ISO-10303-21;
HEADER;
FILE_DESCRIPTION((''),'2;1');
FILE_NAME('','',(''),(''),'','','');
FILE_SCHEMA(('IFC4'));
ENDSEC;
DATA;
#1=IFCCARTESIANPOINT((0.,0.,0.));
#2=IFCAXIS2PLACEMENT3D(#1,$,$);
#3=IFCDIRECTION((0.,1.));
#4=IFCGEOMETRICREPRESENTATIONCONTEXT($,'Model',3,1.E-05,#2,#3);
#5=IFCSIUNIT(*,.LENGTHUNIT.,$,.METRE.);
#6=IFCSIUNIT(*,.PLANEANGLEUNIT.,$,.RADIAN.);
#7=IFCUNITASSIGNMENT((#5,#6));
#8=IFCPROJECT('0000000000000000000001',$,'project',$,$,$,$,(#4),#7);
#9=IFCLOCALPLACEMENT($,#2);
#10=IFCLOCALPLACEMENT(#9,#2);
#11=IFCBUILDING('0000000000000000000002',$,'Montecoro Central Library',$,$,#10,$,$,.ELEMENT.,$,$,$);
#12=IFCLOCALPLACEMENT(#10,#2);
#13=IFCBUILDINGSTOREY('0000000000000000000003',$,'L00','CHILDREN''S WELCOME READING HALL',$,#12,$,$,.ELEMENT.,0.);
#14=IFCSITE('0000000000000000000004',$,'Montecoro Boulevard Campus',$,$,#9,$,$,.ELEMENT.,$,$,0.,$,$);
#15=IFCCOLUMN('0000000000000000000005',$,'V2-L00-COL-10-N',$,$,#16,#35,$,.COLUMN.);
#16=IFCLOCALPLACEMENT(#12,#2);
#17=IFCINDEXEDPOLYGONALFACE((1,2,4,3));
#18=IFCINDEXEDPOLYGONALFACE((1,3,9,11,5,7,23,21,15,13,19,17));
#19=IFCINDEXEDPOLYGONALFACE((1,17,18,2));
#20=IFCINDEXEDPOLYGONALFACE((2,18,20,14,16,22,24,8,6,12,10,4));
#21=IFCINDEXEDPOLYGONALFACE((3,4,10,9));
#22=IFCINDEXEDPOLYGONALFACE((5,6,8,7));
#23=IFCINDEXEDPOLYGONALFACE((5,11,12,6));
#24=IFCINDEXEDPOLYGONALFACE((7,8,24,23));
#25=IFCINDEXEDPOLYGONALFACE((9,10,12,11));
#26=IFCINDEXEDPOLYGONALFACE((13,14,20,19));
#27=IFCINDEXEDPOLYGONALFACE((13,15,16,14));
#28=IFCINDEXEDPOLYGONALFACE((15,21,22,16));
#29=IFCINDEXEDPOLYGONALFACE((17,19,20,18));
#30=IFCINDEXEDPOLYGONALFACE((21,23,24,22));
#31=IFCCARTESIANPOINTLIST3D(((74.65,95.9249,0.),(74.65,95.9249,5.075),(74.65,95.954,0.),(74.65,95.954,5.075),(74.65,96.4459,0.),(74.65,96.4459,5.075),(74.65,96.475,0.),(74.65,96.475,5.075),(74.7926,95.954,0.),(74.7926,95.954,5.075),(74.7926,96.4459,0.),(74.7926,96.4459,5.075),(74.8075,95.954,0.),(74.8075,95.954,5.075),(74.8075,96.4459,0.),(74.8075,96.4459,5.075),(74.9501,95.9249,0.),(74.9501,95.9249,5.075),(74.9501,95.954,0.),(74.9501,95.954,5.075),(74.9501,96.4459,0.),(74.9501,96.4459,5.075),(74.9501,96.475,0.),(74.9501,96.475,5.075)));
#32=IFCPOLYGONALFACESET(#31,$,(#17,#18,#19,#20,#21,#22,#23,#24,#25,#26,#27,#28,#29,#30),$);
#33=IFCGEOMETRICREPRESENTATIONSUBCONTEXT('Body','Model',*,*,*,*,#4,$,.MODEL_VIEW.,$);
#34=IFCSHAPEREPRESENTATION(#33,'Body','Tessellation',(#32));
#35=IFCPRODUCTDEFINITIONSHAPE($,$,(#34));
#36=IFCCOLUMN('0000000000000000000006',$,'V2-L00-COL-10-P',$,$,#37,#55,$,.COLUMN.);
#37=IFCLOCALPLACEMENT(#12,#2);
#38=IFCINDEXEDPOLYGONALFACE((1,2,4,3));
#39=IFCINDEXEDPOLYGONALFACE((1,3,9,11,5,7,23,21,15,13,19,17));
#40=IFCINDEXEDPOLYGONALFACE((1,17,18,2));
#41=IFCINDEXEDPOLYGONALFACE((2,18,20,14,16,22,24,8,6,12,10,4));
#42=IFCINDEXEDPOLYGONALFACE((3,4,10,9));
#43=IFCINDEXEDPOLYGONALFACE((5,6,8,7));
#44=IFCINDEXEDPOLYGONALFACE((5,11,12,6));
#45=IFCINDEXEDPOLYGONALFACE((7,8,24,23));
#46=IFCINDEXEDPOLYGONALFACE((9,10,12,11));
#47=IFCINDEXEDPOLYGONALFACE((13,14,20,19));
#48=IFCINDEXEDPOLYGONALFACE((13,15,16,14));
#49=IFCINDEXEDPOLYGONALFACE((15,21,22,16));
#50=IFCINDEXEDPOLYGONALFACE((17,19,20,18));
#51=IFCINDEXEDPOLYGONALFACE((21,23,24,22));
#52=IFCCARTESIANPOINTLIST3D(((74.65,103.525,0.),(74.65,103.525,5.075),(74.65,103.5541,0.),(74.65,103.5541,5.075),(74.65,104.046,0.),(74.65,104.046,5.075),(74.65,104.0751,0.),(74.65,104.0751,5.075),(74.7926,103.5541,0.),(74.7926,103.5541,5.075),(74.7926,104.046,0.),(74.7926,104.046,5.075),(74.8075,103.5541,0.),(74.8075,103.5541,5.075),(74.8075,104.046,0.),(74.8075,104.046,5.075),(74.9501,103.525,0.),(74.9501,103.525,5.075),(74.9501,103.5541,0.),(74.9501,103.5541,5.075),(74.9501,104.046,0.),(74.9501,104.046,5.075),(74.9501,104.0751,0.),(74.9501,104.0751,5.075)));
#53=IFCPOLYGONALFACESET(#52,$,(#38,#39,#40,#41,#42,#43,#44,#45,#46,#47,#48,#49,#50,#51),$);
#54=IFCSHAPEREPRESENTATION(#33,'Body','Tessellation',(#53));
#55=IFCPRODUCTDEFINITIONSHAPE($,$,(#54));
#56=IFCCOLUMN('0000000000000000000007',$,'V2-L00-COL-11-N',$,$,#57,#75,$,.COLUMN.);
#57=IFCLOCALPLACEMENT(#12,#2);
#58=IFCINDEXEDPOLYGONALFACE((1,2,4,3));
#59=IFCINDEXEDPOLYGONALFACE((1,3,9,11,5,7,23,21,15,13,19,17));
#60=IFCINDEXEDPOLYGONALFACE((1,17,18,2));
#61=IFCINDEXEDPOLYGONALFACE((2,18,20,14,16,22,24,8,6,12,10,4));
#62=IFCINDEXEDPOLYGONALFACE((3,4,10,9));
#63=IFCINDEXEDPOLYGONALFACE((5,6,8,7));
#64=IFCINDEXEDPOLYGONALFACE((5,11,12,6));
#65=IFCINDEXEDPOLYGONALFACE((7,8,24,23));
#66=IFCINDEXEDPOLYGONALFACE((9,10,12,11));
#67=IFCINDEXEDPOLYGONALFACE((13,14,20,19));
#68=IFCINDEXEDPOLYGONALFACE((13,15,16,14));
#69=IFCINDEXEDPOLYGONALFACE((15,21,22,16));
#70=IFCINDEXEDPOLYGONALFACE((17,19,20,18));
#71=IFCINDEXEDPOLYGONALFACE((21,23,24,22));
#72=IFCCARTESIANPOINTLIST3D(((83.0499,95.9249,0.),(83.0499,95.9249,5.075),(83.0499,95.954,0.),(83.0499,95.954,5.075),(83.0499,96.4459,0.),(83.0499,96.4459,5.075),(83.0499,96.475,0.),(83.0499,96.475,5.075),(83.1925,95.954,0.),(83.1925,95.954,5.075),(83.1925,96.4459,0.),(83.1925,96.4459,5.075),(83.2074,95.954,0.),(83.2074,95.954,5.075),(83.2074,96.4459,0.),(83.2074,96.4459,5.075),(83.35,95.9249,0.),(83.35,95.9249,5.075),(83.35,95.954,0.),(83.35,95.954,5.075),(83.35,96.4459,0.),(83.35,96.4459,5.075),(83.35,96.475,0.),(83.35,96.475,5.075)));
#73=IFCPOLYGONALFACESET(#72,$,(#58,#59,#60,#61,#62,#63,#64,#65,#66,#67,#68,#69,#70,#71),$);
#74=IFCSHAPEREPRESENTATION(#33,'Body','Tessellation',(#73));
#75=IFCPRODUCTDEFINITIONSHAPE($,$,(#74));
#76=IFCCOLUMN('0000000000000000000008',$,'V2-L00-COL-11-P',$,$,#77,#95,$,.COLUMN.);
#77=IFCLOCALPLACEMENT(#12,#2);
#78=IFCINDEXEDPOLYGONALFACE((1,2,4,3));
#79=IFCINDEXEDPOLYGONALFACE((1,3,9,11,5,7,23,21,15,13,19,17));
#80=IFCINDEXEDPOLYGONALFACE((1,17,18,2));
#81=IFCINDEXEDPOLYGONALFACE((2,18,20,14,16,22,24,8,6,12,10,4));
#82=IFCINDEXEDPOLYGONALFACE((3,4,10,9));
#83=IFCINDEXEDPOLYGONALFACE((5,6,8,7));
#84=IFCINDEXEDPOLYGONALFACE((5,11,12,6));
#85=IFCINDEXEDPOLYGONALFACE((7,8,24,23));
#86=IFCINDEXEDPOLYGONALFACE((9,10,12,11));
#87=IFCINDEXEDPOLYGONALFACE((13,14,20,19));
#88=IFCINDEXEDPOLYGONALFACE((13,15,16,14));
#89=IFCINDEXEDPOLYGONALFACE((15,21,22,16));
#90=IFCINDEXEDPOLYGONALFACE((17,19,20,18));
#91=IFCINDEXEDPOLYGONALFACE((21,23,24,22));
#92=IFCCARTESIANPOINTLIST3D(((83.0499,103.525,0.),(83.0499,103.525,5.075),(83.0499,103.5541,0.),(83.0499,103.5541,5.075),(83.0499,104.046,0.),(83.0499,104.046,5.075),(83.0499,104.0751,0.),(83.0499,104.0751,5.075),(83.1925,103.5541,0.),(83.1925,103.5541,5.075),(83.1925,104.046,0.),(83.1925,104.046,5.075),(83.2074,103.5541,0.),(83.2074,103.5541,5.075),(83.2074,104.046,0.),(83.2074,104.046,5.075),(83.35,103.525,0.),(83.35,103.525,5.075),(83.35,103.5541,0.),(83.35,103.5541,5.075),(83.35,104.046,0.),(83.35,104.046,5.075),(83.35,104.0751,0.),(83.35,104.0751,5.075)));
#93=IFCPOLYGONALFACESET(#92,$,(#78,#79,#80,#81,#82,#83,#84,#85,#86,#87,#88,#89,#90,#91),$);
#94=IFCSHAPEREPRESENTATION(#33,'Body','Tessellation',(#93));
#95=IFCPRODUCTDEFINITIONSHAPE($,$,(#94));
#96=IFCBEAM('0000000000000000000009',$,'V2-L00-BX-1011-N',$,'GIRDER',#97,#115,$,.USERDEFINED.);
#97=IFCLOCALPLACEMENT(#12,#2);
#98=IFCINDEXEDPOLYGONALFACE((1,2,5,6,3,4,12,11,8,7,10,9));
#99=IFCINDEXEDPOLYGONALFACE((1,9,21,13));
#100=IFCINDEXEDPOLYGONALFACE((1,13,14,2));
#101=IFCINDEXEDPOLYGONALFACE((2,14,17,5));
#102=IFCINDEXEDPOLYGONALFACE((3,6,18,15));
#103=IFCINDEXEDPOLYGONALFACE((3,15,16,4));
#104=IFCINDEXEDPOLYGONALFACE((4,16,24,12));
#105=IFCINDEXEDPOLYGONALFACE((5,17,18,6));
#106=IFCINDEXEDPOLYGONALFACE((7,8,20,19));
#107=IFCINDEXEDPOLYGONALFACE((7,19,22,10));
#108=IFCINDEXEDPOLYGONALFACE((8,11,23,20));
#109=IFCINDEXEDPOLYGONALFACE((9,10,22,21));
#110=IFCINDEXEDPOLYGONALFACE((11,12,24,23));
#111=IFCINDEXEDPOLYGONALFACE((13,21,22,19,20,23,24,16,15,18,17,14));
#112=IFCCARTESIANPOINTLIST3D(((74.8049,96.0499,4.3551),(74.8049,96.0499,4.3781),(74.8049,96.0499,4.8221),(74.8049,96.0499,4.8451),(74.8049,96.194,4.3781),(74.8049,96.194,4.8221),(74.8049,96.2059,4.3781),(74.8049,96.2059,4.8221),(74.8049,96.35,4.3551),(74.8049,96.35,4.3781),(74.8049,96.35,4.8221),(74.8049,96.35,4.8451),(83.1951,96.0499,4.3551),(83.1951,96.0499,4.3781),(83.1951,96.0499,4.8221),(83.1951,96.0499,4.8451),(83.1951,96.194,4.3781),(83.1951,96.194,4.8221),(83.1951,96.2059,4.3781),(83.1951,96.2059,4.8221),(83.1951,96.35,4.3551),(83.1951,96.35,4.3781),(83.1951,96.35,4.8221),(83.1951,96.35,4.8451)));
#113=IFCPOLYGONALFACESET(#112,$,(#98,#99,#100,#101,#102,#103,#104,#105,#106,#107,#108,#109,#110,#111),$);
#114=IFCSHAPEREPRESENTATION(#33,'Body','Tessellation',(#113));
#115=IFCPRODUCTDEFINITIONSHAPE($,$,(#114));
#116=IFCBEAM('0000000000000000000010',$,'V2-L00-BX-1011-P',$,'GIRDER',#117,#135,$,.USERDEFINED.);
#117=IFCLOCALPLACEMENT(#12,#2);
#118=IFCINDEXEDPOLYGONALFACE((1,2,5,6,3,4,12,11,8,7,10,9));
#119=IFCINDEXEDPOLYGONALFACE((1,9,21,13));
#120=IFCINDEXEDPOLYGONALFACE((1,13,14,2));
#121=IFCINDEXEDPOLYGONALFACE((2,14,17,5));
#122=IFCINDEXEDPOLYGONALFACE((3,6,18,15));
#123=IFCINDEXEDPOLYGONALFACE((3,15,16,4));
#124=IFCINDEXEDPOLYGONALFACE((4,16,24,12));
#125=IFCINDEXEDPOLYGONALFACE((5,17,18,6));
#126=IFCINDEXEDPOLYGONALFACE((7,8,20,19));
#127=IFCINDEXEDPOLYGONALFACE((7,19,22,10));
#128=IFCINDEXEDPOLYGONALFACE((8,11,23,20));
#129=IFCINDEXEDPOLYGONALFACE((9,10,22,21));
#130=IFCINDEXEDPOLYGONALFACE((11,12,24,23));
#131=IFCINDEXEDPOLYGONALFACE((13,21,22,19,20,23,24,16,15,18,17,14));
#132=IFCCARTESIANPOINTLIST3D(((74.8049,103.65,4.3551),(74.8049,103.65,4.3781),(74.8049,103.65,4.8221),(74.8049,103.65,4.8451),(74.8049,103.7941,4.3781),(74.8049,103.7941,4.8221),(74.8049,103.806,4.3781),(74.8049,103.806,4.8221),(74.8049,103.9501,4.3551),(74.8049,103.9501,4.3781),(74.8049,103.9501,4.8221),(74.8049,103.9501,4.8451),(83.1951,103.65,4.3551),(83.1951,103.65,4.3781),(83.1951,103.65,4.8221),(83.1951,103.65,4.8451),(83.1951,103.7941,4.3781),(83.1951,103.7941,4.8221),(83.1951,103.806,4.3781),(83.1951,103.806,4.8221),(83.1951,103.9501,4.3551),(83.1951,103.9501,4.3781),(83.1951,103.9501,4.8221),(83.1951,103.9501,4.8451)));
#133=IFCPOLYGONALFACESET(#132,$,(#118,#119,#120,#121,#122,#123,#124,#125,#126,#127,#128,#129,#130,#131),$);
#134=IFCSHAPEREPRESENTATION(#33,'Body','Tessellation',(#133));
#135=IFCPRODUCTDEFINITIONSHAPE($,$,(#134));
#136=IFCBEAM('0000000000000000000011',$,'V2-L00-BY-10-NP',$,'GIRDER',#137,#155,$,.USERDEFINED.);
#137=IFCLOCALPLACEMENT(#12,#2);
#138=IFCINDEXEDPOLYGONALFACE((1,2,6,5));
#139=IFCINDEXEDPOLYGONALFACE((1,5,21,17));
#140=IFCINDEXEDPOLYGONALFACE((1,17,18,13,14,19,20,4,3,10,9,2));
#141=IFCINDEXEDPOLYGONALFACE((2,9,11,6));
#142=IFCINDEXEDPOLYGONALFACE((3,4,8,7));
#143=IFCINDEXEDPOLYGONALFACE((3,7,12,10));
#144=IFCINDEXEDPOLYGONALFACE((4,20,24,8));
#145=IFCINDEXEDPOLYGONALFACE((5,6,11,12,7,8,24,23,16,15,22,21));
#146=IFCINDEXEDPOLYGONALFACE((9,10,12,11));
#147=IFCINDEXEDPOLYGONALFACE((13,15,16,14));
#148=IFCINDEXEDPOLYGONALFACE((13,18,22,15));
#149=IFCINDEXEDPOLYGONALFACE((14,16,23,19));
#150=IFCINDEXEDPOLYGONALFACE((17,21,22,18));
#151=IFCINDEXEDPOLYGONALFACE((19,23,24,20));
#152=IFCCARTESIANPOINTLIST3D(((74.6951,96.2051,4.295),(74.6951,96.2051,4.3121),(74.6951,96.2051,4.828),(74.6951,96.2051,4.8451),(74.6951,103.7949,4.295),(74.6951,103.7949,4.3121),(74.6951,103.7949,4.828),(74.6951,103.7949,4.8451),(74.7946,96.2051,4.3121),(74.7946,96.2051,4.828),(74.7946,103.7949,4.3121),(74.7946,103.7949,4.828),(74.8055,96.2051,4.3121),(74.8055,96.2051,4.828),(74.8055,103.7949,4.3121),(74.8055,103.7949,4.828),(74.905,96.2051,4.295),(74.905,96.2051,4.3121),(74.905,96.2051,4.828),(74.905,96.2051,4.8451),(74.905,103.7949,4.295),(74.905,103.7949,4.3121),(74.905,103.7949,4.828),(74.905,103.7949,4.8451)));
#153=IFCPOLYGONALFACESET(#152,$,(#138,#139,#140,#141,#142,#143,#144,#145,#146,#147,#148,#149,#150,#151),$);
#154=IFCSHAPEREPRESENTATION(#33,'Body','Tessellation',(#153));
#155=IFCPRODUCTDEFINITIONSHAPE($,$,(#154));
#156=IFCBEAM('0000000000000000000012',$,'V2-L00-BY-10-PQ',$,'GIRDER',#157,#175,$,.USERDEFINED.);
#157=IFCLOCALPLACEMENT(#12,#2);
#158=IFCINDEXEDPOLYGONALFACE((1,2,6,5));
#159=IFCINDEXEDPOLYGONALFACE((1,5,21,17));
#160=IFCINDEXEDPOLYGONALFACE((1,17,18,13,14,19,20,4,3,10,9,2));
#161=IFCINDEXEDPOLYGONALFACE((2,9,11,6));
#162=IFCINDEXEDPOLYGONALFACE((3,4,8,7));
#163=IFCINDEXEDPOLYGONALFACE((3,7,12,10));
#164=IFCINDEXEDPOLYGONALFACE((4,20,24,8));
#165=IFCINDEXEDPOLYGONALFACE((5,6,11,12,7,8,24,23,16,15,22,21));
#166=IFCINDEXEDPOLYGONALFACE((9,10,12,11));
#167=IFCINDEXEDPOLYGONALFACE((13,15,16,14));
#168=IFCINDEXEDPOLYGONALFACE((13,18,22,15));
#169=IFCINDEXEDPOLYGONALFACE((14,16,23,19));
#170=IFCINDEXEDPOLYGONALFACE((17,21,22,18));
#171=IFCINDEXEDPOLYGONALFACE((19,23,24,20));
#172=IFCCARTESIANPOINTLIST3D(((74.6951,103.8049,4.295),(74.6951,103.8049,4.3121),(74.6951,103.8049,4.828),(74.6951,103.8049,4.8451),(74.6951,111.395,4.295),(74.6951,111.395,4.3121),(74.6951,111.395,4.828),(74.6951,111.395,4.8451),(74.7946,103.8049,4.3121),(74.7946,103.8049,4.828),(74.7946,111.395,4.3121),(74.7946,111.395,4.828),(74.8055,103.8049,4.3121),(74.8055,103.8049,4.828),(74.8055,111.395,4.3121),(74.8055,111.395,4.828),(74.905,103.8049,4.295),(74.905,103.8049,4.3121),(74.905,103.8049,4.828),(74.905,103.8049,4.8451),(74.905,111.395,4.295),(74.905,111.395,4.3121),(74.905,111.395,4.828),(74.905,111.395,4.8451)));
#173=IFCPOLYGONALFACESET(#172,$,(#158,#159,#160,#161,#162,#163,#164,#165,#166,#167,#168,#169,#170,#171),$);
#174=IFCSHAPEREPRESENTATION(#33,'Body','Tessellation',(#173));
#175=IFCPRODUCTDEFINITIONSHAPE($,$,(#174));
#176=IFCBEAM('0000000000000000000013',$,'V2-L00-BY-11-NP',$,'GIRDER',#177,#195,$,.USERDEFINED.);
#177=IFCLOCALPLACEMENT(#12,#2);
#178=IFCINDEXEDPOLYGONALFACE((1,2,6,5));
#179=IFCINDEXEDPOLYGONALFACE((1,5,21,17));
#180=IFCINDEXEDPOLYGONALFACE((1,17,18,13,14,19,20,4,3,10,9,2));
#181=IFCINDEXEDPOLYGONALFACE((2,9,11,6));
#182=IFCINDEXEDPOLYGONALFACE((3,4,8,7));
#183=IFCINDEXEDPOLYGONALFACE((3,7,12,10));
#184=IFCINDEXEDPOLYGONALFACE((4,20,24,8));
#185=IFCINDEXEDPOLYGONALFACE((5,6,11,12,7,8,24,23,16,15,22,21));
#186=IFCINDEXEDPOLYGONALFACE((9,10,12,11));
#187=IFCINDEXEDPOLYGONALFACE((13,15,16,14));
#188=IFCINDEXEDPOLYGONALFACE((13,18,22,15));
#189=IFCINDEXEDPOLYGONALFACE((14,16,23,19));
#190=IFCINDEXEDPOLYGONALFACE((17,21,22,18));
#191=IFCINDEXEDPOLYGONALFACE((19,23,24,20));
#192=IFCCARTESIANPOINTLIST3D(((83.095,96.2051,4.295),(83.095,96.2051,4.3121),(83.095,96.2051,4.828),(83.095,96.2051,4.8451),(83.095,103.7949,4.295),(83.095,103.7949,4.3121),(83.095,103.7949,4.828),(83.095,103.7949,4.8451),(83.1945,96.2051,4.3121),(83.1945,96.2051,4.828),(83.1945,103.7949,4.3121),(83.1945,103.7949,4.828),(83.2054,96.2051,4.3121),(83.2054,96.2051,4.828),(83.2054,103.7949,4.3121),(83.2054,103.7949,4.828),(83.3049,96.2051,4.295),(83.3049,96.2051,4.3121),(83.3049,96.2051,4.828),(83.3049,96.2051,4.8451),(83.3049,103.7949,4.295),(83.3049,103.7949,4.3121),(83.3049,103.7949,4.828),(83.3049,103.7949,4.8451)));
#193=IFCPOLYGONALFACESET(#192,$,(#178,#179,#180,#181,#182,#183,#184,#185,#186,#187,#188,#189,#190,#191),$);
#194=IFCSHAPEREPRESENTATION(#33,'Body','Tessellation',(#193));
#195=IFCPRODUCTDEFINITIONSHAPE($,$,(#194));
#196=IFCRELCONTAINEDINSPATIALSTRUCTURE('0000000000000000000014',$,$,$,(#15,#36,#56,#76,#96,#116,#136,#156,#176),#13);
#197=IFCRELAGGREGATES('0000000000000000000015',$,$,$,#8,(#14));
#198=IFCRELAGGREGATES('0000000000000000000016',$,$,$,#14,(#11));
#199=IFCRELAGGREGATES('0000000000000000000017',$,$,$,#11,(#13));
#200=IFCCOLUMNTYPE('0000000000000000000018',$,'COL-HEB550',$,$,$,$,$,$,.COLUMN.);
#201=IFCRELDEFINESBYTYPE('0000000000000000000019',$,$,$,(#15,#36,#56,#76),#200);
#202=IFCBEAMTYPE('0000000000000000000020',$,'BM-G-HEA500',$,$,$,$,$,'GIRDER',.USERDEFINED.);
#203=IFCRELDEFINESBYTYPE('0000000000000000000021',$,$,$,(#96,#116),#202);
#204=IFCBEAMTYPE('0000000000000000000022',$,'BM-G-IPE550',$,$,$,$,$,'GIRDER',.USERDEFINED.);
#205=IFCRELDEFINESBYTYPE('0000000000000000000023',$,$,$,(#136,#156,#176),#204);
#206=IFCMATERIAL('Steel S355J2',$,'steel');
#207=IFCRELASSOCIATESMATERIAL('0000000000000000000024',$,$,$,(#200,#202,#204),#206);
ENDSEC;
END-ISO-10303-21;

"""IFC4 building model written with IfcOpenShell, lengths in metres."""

from ifc_helpers import new_model, si_unit, direction, frame, origin, origin_2d, place, context, subcontext, project, spatial, i_section, extrude, material, material_profile, profile_set, type_object, element, save


model = new_model("IFC4")

# Units and contexts
model_context = context("Model", 3, precision=1e-05, world=origin(), true_north=direction((0.0, 1.0)))
body_context = subcontext(model_context, "Body", "Model", "MODEL_VIEW")
ifc_project = project(units=[si_unit("LENGTHUNIT", "METRE"), si_unit("PLANEANGLEUNIT", "RADIAN")], contexts=[model_context])

# Site, building, storey
site_placement = place(None, origin())
site = spatial("IfcSite", under=ifc_project, at=site_placement, Name="Montecoro Boulevard Campus", CompositionType="ELEMENT", RefElevation=0.0)
building_placement = place(site_placement, origin())
building = spatial("IfcBuilding", under=site, at=building_placement, Name="Montecoro Central Library", CompositionType="ELEMENT")
storey_placement = place(building_placement, origin())
storey = spatial("IfcBuildingStorey", under=building, at=storey_placement, Name="L00", Description="CHILDREN'S WELCOME READING HALL", CompositionType="ELEMENT", Elevation=0.0)

# Columns
ifc_material_1 = material(Name="Steel S355J2", Category="steel")
ifc_material_profile_1 = material_profile(ifc_material_1, i_section(OverallWidth=0.3, OverallDepth=0.55, WebThickness=0.0149, FlangeThickness=0.0291, at=origin_2d()), Name="HEB 550")
ifc_profile_set_1 = profile_set([ifc_material_profile_1], Name="Steel S355J2")
column_type = type_object("IfcColumnType", Name="COL-HEB550", PredefinedType="COLUMN", material=ifc_profile_set_1)
for number, where, z_axis, x_axis, name in (
    (1, (74.8, 96.2, 0.0), (0.0, 0.0, 1.0), (1.0, 0.0, 0.0), "V2-L00-COL-10-N"),
    (2, (74.8, 103.8, 0.0), (0.0, 0.0, 1.0), (1.0, 0.0, 0.0), "V2-L00-COL-10-P"),
    (3, (83.2, 96.2, 0.0), (0.0, 0.0, 1.0), (1.0, 0.0, 0.0), "V2-L00-COL-11-N"),
    (4, (83.2, 103.8, 0.0), (0.0, 0.0, 1.0), (1.0, 0.0, 0.0), "V2-L00-COL-11-P"),
):
    element("IfcColumn", number, at=place(storey_placement, frame(where, z_axis=z_axis, x_axis=x_axis)), inside=storey, type_object=column_type, Name=name, PredefinedType="COLUMN", context=body_context, shape_type="SweptSolid", body=[
        extrude(i_section(OverallWidth=0.3, OverallDepth=0.55, WebThickness=0.0149, FlangeThickness=0.0291, at=origin_2d()), origin(), (0.0, 0.0, 1.0), 5.075),
    ])

# Beams
ifc_material_profile_2 = material_profile(ifc_material_1, i_section(OverallWidth=0.3, OverallDepth=0.49, WebThickness=0.012, FlangeThickness=0.0229, at=origin_2d()), Name="HEA 500")
ifc_profile_set_2 = profile_set([ifc_material_profile_2], Name="Steel S355J2")
beam_type_1 = type_object("IfcBeamType", Name="BM-G-HEA500", ElementType="GIRDER", PredefinedType="USERDEFINED", material=ifc_profile_set_2)
for number, where, z_axis, x_axis, name in (
    (5, (74.8049, 96.2, 4.6001), (1.0, 0.0, 0.0), (0.0, 1.0, 0.0), "V2-L00-BX-1011-N"),
    (6, (74.8049, 103.8, 4.6001), (1.0, 0.0, 0.0), (0.0, 1.0, 0.0), "V2-L00-BX-1011-P"),
):
    element("IfcBeam", number, at=place(storey_placement, frame(where, z_axis=z_axis, x_axis=x_axis)), inside=storey, type_object=beam_type_1, Name=name, ObjectType="GIRDER", PredefinedType="USERDEFINED", context=body_context, shape_type="SweptSolid", body=[
        extrude(i_section(OverallWidth=0.3, OverallDepth=0.49, WebThickness=0.012, FlangeThickness=0.0229, at=origin_2d()), origin(), (0.0, 0.0, 1.0), 8.3901),
    ])
ifc_material_profile_3 = material_profile(ifc_material_1, i_section(OverallWidth=0.21, OverallDepth=0.55, WebThickness=0.011, FlangeThickness=0.0171, at=origin_2d()), Name="IPE 550")
ifc_profile_set_3 = profile_set([ifc_material_profile_3], Name="Steel S355J2")
beam_type_2 = type_object("IfcBeamType", Name="BM-G-IPE550", ElementType="GIRDER", PredefinedType="USERDEFINED", material=ifc_profile_set_3)
beam_1_placement = place(storey_placement, frame((74.8, 96.2051, 4.5701), z_axis=(0.0, 1.0, 0.0), x_axis=(-1.0, 0.0, 0.0)))
element("IfcBeam", 7, at=beam_1_placement, inside=storey, type_object=beam_type_2, Name="V2-L00-BY-10-NP", ObjectType="GIRDER", PredefinedType="USERDEFINED", context=body_context, shape_type="SweptSolid", body=[
    extrude(i_section(OverallWidth=0.21, OverallDepth=0.55, WebThickness=0.011, FlangeThickness=0.0171, at=origin_2d()), origin(), (0.0, 0.0, 1.0), 7.5898),
])
beam_2_placement = place(storey_placement, frame((74.8, 103.8049, 4.5701), z_axis=(0.0, 1.0, 0.0), x_axis=(-1.0, 0.0, 0.0)))
element("IfcBeam", 8, at=beam_2_placement, inside=storey, type_object=beam_type_2, Name="V2-L00-BY-10-PQ", ObjectType="GIRDER", PredefinedType="USERDEFINED", context=body_context, shape_type="SweptSolid", body=[
    extrude(i_section(OverallWidth=0.21, OverallDepth=0.55, WebThickness=0.011, FlangeThickness=0.0171, at=origin_2d()), origin(), (0.0, 0.0, 1.0), 7.5901),
])
beam_3_placement = place(storey_placement, frame((83.2, 96.2051, 4.5701), z_axis=(0.0, 1.0, 0.0), x_axis=(-1.0, 0.0, 0.0)))
element("IfcBeam", 9, at=beam_3_placement, inside=storey, type_object=beam_type_2, Name="V2-L00-BY-11-NP", ObjectType="GIRDER", PredefinedType="USERDEFINED", context=body_context, shape_type="SweptSolid", body=[
    extrude(i_section(OverallWidth=0.21, OverallDepth=0.55, WebThickness=0.011, FlangeThickness=0.0171, at=origin_2d()), origin(), (0.0, 0.0, 1.0), 7.5898),
])

save(model, "model.ifc")
